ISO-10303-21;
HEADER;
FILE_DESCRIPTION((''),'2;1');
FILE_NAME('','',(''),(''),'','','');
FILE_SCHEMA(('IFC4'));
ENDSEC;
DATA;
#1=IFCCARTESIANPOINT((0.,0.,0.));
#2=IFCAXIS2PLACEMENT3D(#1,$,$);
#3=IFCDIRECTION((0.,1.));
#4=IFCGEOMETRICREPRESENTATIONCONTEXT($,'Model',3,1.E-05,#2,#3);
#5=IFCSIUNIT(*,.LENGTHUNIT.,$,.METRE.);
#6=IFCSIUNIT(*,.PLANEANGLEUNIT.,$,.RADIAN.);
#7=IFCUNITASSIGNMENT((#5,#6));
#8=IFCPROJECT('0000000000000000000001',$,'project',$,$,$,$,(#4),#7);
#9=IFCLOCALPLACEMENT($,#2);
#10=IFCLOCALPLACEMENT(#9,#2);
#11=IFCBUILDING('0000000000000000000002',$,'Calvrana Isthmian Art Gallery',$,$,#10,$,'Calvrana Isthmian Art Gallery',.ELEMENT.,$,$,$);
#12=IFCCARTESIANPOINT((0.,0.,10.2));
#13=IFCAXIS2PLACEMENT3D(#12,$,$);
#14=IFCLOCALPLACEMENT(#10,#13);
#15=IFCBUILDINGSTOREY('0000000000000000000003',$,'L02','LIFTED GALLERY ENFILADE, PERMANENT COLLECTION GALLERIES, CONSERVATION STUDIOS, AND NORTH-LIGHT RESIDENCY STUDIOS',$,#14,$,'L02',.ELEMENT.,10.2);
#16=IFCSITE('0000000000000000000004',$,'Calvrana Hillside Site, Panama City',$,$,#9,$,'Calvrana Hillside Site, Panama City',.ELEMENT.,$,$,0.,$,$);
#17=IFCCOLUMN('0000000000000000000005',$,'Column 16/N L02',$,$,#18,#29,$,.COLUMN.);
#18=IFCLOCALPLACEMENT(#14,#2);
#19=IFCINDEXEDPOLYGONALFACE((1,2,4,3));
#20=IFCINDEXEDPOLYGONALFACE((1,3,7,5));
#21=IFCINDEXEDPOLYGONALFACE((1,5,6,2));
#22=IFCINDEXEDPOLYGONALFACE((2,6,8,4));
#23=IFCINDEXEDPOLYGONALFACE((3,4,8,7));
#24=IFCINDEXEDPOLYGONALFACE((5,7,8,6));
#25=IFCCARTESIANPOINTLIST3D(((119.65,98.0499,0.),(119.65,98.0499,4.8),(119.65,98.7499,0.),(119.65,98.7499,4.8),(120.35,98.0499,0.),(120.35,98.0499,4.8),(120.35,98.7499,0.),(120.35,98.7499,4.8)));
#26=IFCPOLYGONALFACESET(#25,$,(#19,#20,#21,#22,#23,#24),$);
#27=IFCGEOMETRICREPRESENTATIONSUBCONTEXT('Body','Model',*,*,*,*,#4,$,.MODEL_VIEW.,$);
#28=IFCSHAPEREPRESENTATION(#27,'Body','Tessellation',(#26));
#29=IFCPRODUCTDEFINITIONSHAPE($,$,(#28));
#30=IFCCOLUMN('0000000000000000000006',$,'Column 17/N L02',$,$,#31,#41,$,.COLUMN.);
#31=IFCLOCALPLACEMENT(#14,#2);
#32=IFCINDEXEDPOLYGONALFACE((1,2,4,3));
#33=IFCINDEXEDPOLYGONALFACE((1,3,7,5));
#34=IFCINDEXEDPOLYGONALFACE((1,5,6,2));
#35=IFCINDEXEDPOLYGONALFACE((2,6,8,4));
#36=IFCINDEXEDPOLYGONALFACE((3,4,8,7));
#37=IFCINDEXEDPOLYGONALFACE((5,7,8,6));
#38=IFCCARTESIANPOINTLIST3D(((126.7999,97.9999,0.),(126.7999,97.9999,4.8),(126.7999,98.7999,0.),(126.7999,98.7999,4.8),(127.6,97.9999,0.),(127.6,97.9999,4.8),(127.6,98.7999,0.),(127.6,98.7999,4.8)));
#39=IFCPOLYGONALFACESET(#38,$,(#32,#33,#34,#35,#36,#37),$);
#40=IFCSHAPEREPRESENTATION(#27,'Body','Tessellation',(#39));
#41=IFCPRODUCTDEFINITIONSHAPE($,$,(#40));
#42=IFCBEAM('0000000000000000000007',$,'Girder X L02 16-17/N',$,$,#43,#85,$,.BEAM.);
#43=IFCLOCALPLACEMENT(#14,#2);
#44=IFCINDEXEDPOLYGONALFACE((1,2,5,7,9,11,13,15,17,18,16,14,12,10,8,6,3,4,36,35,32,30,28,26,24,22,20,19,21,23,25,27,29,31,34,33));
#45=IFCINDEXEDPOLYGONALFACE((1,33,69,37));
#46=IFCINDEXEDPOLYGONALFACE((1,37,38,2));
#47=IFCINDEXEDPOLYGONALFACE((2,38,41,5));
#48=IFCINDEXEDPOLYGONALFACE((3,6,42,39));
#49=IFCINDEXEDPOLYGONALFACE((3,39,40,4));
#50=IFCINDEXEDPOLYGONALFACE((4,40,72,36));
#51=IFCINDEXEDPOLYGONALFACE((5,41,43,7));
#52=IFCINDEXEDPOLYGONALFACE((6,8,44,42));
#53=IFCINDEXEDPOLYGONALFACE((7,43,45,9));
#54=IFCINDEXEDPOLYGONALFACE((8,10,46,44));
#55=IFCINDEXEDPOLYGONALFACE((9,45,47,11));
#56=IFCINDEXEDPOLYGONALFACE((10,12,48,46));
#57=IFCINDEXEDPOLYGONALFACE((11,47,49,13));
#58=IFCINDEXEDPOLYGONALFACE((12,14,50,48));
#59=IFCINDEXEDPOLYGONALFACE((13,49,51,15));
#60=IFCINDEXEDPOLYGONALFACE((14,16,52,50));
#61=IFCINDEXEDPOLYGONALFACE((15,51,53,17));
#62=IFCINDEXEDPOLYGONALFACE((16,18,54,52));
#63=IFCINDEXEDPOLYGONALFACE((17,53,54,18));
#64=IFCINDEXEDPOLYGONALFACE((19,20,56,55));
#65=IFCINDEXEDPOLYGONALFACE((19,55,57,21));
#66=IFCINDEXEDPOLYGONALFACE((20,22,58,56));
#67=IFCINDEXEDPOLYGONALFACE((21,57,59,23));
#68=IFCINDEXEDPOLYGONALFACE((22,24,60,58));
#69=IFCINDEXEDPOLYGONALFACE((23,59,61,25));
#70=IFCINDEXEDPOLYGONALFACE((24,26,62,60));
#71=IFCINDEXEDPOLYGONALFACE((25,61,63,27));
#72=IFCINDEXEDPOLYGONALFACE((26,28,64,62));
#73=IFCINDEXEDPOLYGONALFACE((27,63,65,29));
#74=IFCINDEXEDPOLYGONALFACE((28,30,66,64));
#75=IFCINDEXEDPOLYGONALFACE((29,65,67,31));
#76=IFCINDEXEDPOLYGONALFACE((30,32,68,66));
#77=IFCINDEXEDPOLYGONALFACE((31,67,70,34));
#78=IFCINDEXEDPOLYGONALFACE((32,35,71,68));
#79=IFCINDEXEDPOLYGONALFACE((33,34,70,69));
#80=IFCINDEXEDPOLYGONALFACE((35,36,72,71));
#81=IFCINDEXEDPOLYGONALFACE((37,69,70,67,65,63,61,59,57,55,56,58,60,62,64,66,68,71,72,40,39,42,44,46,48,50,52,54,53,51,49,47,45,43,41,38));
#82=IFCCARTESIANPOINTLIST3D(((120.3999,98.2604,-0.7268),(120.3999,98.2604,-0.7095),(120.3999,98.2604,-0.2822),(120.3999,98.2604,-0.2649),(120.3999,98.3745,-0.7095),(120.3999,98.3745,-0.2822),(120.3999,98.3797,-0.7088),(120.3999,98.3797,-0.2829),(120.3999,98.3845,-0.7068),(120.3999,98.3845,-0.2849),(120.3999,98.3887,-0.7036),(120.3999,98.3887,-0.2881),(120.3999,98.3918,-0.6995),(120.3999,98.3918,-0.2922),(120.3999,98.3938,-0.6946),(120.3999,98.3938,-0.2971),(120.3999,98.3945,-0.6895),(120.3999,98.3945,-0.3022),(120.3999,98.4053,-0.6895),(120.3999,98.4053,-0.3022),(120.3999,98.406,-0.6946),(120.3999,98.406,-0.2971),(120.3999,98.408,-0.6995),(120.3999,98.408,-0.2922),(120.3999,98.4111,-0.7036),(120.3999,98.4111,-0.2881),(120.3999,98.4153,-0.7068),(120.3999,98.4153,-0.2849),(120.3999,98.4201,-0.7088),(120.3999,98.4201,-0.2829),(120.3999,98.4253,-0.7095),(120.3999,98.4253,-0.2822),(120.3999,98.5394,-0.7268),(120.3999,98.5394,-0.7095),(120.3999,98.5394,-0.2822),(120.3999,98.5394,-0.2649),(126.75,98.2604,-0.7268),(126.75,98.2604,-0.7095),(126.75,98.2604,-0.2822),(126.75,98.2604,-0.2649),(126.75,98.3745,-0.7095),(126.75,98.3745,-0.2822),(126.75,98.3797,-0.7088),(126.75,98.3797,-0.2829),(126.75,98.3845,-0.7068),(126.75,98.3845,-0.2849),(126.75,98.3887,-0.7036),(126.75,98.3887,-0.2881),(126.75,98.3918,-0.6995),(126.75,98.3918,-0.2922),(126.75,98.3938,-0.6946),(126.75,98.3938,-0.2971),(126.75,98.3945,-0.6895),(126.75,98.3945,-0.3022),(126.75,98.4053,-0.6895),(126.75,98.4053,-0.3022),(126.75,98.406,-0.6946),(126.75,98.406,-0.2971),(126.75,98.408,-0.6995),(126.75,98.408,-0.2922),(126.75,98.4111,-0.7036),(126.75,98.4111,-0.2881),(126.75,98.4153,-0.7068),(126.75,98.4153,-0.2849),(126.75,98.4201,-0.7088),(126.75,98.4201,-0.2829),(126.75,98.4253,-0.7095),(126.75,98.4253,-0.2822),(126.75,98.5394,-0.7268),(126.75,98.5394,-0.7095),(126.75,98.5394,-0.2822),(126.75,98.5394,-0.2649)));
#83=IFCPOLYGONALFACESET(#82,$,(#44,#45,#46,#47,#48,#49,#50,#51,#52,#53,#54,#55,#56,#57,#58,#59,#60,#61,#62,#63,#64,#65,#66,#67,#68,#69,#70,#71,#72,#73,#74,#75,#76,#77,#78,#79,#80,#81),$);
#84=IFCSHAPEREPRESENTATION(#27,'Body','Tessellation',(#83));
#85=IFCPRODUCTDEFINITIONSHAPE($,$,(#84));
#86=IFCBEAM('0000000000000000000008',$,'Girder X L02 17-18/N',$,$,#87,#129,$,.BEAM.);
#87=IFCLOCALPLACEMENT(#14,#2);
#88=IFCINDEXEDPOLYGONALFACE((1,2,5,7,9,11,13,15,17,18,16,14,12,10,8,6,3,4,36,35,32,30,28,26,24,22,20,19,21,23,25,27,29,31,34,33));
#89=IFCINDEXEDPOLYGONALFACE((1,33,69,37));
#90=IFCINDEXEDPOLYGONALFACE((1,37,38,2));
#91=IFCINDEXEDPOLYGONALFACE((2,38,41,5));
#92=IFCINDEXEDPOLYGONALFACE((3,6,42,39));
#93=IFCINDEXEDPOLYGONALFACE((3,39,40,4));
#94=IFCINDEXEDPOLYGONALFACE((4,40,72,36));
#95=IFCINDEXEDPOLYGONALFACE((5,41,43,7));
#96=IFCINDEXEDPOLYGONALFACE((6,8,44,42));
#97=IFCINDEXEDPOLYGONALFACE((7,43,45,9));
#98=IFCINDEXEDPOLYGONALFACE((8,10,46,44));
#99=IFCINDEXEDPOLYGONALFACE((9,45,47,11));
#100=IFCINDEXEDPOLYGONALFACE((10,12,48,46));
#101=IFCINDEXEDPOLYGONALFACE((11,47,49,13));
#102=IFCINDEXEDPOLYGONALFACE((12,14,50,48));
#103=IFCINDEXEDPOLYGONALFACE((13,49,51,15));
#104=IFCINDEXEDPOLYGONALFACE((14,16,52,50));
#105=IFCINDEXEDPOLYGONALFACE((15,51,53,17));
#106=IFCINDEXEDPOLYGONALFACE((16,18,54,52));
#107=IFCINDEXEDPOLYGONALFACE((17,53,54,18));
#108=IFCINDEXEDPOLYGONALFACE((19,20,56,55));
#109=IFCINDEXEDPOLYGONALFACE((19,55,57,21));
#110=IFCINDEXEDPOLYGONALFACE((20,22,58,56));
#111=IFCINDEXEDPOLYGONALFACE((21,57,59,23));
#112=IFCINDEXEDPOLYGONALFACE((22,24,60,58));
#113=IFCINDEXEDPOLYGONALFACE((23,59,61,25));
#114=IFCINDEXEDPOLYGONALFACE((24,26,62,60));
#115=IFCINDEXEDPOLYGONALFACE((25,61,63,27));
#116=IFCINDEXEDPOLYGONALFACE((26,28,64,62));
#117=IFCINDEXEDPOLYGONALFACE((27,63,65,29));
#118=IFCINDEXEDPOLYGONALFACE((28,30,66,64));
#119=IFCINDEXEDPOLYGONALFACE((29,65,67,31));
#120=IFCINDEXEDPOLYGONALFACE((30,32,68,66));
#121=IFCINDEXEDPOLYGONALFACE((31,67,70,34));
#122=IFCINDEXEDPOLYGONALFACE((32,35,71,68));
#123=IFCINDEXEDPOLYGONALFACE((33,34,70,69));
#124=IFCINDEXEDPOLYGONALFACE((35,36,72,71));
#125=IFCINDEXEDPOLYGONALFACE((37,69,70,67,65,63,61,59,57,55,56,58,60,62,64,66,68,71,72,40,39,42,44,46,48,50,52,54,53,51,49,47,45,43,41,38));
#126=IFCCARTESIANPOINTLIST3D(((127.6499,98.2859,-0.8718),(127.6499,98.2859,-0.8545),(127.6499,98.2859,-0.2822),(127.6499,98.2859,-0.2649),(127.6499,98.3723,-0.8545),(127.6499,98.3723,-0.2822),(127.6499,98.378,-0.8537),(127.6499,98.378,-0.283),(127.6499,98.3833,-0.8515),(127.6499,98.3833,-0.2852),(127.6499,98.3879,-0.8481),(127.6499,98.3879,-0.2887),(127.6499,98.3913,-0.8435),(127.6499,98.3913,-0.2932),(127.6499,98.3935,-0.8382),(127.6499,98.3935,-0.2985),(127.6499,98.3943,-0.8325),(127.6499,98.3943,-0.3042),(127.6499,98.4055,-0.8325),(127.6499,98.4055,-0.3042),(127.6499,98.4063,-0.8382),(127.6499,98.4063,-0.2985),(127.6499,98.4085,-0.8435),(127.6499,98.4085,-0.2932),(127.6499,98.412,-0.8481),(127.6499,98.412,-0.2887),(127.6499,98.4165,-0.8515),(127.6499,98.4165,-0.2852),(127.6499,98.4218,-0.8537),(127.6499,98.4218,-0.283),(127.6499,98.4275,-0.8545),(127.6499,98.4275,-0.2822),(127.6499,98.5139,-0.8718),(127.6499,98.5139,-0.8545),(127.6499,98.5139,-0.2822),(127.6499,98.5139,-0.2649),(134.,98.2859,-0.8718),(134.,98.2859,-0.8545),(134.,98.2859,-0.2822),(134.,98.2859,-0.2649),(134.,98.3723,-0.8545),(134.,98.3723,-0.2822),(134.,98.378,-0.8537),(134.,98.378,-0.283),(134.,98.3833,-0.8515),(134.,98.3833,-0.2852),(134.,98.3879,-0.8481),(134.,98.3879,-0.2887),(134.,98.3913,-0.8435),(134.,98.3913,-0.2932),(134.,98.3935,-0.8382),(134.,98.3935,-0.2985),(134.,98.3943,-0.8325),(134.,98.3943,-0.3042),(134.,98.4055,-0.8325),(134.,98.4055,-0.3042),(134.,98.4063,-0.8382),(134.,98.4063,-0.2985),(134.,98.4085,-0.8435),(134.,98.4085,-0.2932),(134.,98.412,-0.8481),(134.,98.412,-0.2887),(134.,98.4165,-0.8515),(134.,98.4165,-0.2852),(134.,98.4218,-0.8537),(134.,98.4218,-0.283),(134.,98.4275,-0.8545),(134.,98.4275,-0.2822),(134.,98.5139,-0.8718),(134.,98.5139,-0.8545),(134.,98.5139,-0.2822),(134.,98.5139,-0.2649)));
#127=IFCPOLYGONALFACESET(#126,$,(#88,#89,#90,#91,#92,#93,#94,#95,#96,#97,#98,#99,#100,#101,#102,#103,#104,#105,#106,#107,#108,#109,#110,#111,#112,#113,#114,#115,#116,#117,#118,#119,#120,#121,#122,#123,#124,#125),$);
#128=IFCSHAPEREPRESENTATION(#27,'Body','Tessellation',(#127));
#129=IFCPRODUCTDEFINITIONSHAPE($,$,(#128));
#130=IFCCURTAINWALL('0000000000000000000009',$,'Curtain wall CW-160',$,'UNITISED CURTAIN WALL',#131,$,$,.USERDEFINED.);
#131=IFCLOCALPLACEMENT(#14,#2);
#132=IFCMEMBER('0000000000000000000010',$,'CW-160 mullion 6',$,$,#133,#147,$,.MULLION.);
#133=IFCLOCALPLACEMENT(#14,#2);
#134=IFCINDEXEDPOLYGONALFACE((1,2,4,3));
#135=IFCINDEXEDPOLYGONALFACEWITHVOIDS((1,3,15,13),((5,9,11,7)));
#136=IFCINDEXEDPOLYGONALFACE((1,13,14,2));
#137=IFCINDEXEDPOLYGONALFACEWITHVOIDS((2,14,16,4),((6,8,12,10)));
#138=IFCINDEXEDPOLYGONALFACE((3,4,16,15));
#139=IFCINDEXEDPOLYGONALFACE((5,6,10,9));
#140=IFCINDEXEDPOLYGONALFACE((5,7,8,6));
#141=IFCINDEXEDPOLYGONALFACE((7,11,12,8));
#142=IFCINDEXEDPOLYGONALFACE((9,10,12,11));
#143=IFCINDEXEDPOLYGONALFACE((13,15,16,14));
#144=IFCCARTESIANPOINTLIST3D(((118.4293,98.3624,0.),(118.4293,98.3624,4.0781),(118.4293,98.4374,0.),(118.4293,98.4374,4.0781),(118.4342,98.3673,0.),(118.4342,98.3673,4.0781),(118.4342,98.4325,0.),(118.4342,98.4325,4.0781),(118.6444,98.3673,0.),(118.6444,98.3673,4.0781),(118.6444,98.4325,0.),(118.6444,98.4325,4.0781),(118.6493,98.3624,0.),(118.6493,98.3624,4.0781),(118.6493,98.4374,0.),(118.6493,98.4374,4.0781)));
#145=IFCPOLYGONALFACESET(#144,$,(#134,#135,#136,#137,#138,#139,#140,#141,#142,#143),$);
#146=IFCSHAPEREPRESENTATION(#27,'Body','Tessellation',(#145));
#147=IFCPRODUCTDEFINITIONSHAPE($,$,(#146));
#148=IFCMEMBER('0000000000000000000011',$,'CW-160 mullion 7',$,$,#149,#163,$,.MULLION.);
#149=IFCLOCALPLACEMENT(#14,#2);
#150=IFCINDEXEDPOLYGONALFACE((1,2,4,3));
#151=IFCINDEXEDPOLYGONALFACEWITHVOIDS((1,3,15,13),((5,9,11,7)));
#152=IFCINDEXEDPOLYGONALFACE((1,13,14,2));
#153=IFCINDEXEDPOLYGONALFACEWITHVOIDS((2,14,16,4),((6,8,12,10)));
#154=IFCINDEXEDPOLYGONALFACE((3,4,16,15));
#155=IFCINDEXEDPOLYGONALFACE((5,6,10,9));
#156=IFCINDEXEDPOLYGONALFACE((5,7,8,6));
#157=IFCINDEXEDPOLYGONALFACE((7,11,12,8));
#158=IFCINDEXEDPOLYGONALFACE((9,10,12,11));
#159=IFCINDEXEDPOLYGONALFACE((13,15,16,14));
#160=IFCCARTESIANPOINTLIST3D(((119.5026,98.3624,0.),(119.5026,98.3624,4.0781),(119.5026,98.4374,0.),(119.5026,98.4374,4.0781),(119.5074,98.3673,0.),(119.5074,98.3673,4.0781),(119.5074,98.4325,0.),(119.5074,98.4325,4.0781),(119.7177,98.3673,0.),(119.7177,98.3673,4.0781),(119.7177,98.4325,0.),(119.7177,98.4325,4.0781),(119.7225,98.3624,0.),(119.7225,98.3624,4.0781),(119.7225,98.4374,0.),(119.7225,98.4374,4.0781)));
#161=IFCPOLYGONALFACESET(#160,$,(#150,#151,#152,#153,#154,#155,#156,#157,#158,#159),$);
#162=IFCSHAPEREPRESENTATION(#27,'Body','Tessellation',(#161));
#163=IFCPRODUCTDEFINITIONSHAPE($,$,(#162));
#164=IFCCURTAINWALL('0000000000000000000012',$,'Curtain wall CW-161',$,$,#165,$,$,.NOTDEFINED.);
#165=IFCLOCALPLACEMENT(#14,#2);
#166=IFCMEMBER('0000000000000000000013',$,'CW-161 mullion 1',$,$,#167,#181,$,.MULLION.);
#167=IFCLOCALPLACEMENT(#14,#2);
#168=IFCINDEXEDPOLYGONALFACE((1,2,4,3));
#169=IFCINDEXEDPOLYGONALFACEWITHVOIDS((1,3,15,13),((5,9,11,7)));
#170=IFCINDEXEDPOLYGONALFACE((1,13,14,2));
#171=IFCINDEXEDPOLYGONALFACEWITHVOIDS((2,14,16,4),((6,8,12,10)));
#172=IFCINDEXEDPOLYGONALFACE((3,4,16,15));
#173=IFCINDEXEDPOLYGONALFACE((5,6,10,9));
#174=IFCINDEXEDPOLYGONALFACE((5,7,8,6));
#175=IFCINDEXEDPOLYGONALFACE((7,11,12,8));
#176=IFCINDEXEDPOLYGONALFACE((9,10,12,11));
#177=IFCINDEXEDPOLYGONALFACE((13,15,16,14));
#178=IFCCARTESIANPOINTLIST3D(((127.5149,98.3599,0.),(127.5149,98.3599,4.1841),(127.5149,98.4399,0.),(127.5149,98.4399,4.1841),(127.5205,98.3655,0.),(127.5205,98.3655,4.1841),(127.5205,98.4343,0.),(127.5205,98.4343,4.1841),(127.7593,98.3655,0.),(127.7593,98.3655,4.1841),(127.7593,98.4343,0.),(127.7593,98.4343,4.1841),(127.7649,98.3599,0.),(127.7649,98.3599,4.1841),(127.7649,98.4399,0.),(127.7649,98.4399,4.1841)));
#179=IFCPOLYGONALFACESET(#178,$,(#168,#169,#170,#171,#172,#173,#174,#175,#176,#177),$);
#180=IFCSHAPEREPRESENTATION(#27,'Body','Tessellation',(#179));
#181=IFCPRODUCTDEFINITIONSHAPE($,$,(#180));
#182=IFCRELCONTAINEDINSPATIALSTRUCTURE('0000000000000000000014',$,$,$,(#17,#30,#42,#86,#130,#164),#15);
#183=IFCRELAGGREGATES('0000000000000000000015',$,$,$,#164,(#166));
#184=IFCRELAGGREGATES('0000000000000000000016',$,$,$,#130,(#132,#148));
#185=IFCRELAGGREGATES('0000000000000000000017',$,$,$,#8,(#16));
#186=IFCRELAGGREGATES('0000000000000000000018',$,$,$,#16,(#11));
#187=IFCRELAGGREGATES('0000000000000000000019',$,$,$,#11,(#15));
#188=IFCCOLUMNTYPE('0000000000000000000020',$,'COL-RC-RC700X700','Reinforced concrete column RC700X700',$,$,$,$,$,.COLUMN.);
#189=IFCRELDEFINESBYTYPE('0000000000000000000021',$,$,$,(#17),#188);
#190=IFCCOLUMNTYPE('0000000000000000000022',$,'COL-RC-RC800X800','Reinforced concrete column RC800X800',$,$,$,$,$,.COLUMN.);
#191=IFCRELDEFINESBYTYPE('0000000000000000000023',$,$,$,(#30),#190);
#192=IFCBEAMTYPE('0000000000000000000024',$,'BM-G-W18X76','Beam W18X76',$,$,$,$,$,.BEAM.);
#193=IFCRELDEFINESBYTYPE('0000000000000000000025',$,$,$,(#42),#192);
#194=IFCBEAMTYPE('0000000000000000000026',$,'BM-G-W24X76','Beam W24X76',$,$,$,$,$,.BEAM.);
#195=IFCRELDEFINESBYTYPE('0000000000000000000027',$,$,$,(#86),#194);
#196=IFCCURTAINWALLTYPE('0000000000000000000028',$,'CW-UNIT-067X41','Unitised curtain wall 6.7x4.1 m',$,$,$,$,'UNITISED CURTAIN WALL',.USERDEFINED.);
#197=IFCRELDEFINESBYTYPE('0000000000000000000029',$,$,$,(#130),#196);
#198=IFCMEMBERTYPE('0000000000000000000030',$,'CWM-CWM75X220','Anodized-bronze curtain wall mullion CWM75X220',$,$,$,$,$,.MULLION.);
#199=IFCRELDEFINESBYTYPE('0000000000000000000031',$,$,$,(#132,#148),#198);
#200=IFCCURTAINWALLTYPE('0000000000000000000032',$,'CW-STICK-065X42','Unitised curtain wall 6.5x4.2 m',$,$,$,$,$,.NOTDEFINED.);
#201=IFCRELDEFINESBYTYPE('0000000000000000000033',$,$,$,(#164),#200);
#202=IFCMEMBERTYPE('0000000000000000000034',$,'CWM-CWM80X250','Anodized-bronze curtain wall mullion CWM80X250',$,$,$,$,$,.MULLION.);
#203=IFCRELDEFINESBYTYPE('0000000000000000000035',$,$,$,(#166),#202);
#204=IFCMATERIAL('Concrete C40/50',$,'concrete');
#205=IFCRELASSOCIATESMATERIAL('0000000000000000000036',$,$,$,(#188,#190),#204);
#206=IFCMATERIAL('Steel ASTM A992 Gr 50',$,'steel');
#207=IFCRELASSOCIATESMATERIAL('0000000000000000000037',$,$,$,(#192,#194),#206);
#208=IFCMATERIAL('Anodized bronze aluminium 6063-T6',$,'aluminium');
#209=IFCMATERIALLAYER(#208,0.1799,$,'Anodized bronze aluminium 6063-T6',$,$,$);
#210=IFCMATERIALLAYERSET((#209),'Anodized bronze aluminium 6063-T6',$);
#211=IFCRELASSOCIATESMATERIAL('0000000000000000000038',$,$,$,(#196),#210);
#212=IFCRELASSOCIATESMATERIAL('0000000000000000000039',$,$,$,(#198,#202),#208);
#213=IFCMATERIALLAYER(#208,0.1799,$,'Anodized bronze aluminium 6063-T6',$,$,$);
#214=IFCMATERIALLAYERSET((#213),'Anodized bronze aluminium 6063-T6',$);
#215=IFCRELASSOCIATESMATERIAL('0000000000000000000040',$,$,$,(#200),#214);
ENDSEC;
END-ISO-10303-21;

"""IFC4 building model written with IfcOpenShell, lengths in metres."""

from ifc_helpers import new_model, si_unit, direction, frame, origin, origin_2d, place, context, subcontext, project, spatial, rectangle, hollow_rectangle, i_section, extrude, material, layer, layer_set, material_profile, profile_set, type_object, element, aggregate, save


model = new_model("IFC4")

# Units and contexts
model_context = context("Model", 3, precision=1e-05, world=origin(), true_north=direction((0.0, 1.0)))
body_context = subcontext(model_context, "Body", "Model", "MODEL_VIEW")
ifc_project = project(units=[si_unit("LENGTHUNIT", "METRE"), si_unit("PLANEANGLEUNIT", "RADIAN")], contexts=[model_context])

# Site, building, storey
site_placement = place(None, origin())
site = spatial("IfcSite", under=ifc_project, at=site_placement, Name="Calvrana Hillside Site, Panama City", LongName="Calvrana Hillside Site, Panama City", CompositionType="ELEMENT", RefElevation=0.0)
building_placement = place(site_placement, origin())
building = spatial("IfcBuilding", under=site, at=building_placement, Name="Calvrana Isthmian Art Gallery", LongName="Calvrana Isthmian Art Gallery", CompositionType="ELEMENT")
storey_placement = place(building_placement, frame((0.0, 0.0, 10.2)))
storey = spatial("IfcBuildingStorey", under=building, at=storey_placement, Name="L02", Description="LIFTED GALLERY ENFILADE, PERMANENT COLLECTION GALLERIES, CONSERVATION STUDIOS, AND NORTH-LIGHT RESIDENCY STUDIOS", LongName="L02", CompositionType="ELEMENT", Elevation=10.2)

# Columns
ifc_material_1 = material(Name="Concrete C40/50", Category="concrete")
ifc_material_profile_1 = material_profile(ifc_material_1, rectangle(XDim=0.7, YDim=0.7, at=origin_2d()), Name="RC700X700")
ifc_profile_set_1 = profile_set([ifc_material_profile_1], Name="Concrete C40/50")
column_type_1 = type_object("IfcColumnType", Name="COL-RC-RC700X700", Description="Reinforced concrete column RC700X700", PredefinedType="COLUMN", material=ifc_profile_set_1)
column_1_placement = place(storey_placement, frame((120.0, 98.3999, 0.0), z_axis=(0.0, 0.0, 1.0), x_axis=(1.0, 0.0, 0.0)))
element("IfcColumn", 1, at=column_1_placement, inside=storey, type_object=column_type_1, Name="Column 16/N L02", PredefinedType="COLUMN", context=body_context, shape_type="SweptSolid", body=[
    extrude(rectangle(XDim=0.7, YDim=0.7, at=origin_2d()), origin(), (0.0, 0.0, 1.0), 4.8),
])
ifc_material_profile_2 = material_profile(ifc_material_1, rectangle(XDim=0.8, YDim=0.8, at=origin_2d()), Name="RC800X800")
ifc_profile_set_2 = profile_set([ifc_material_profile_2], Name="Concrete C40/50")
column_type_2 = type_object("IfcColumnType", Name="COL-RC-RC800X800", Description="Reinforced concrete column RC800X800", PredefinedType="COLUMN", material=ifc_profile_set_2)
column_2_placement = place(storey_placement, frame((127.2, 98.3999, 0.0), z_axis=(0.0, 0.0, 1.0), x_axis=(1.0, 0.0, 0.0)))
element("IfcColumn", 2, at=column_2_placement, inside=storey, type_object=column_type_2, Name="Column 17/N L02", PredefinedType="COLUMN", context=body_context, shape_type="SweptSolid", body=[
    extrude(rectangle(XDim=0.8, YDim=0.8, at=origin_2d()), origin(), (0.0, 0.0, 1.0), 4.8),
])

# Beams
ifc_material_2 = material(Name="Steel ASTM A992 Gr 50", Category="steel")
ifc_material_profile_3 = material_profile(ifc_material_2, i_section(OverallWidth=0.2791, OverallDepth=0.4619, WebThickness=0.0107, FlangeThickness=0.0173, FilletRadius=0.02, at=origin_2d()), Name="W18X76")
ifc_profile_set_3 = profile_set([ifc_material_profile_3], Name="Steel ASTM A992 Gr 50")
beam_type_1 = type_object("IfcBeamType", Name="BM-G-W18X76", Description="Beam W18X76", PredefinedType="BEAM", material=ifc_profile_set_3)
beam_1_placement = place(storey_placement, frame((120.3999, 98.3999, -0.4958), z_axis=(1.0, 0.0, 0.0), x_axis=(0.0, 1.0, 0.0)))
element("IfcBeam", 3, at=beam_1_placement, inside=storey, type_object=beam_type_1, Name="Girder X L02 16-17/N", PredefinedType="BEAM", context=body_context, shape_type="SweptSolid", body=[
    extrude(i_section(OverallWidth=0.2791, OverallDepth=0.4619, WebThickness=0.0107, FlangeThickness=0.0173, FilletRadius=0.02, at=origin_2d()), origin(), (0.0, 0.0, 1.0), 6.3501),
])
ifc_material_profile_4 = material_profile(ifc_material_2, i_section(OverallWidth=0.228, OverallDepth=0.6069, WebThickness=0.0112, FlangeThickness=0.0173, FilletRadius=0.022, at=origin_2d()), Name="W24X76")
ifc_profile_set_4 = profile_set([ifc_material_profile_4], Name="Steel ASTM A992 Gr 50")
beam_type_2 = type_object("IfcBeamType", Name="BM-G-W24X76", Description="Beam W24X76", PredefinedType="BEAM", material=ifc_profile_set_4)
beam_2_placement = place(storey_placement, frame((127.6499, 98.3999, -0.5684), z_axis=(1.0, 0.0, 0.0), x_axis=(0.0, 1.0, 0.0)))
element("IfcBeam", 4, at=beam_2_placement, inside=storey, type_object=beam_type_2, Name="Girder X L02 17-18/N", PredefinedType="BEAM", context=body_context, shape_type="SweptSolid", body=[
    extrude(i_section(OverallWidth=0.228, OverallDepth=0.6069, WebThickness=0.0112, FlangeThickness=0.0173, FilletRadius=0.022, at=origin_2d()), origin(), (0.0, 0.0, 1.0), 6.3501),
])

# Curtain wall, members
ifc_material_3 = material(Name="Anodized bronze aluminium 6063-T6", Category="aluminium")
ifc_layer_1 = layer(ifc_material_3, 0.1799, Name="Anodized bronze aluminium 6063-T6")
ifc_layer_set_1 = layer_set([ifc_layer_1], Name="Anodized bronze aluminium 6063-T6")
curtain_wall_type_1 = type_object("IfcCurtainWallType", Name="CW-UNIT-067X41", Description="Unitised curtain wall 6.7x4.1 m", ElementType="UNITISED CURTAIN WALL", PredefinedType="USERDEFINED", material=ifc_layer_set_1)
curtain_wall_1_placement = place(storey_placement, origin())
curtain_wall_1 = element("IfcCurtainWall", 5, at=curtain_wall_1_placement, inside=storey, type_object=curtain_wall_type_1, Name="Curtain wall CW-160", ObjectType="UNITISED CURTAIN WALL", PredefinedType="USERDEFINED")
ifc_material_profile_5 = material_profile(ifc_material_3, hollow_rectangle(XDim=0.075, YDim=0.22, WallThickness=0.0049, at=origin_2d()), Name="CWM75X220")
ifc_profile_set_5 = profile_set([ifc_material_profile_5], Name="Anodized bronze aluminium 6063-T6")
member_type_1 = type_object("IfcMemberType", Name="CWM-CWM75X220", Description="Anodized-bronze curtain wall mullion CWM75X220", PredefinedType="MULLION", material=ifc_profile_set_5)
member_1_placement = place(storey_placement, frame((118.5393, 98.3999, 0.0), z_axis=(0.0, 0.0, 1.0), x_axis=(0.0, 1.0, 0.0)))
member_1 = element("IfcMember", 6, at=member_1_placement, type_object=member_type_1, Name="CW-160 mullion 6", PredefinedType="MULLION", context=body_context, shape_type="SweptSolid", body=[
    extrude(hollow_rectangle(XDim=0.075, YDim=0.22, WallThickness=0.0049, at=origin_2d()), origin(), (0.0, 0.0, 1.0), 4.0781),
])
member_2_placement = place(storey_placement, frame((119.6125, 98.3999, 0.0), z_axis=(0.0, 0.0, 1.0), x_axis=(0.0, 1.0, 0.0)))
member_2 = element("IfcMember", 7, at=member_2_placement, type_object=member_type_1, Name="CW-160 mullion 7", PredefinedType="MULLION", context=body_context, shape_type="SweptSolid", body=[
    extrude(hollow_rectangle(XDim=0.075, YDim=0.22, WallThickness=0.0049, at=origin_2d()), origin(), (0.0, 0.0, 1.0), 4.0781),
])

# Curtain wall, member
ifc_layer_2 = layer(ifc_material_3, 0.1799, Name="Anodized bronze aluminium 6063-T6")
ifc_layer_set_2 = layer_set([ifc_layer_2], Name="Anodized bronze aluminium 6063-T6")
curtain_wall_type_2 = type_object("IfcCurtainWallType", Name="CW-STICK-065X42", Description="Unitised curtain wall 6.5x4.2 m", PredefinedType="NOTDEFINED", material=ifc_layer_set_2)
curtain_wall_2_placement = place(storey_placement, origin())
curtain_wall_2 = element("IfcCurtainWall", 8, at=curtain_wall_2_placement, inside=storey, type_object=curtain_wall_type_2, Name="Curtain wall CW-161", PredefinedType="NOTDEFINED")
ifc_material_profile_6 = material_profile(ifc_material_3, hollow_rectangle(XDim=0.0801, YDim=0.25, WallThickness=0.0056, at=origin_2d()), Name="CWM80X250")
ifc_profile_set_6 = profile_set([ifc_material_profile_6], Name="Anodized bronze aluminium 6063-T6")
member_type_2 = type_object("IfcMemberType", Name="CWM-CWM80X250", Description="Anodized-bronze curtain wall mullion CWM80X250", PredefinedType="MULLION", material=ifc_profile_set_6)
member_3_placement = place(storey_placement, frame((127.6399, 98.3999, 0.0), z_axis=(0.0, 0.0, 1.0), x_axis=(0.0, 1.0, 0.0)))
member_3 = element("IfcMember", 9, at=member_3_placement, type_object=member_type_2, Name="CW-161 mullion 1", PredefinedType="MULLION", context=body_context, shape_type="SweptSolid", body=[
    extrude(hollow_rectangle(XDim=0.0801, YDim=0.25, WallThickness=0.0056, at=origin_2d()), origin(), (0.0, 0.0, 1.0), 4.1841),
])

aggregate(curtain_wall_2, [member_3])

aggregate(curtain_wall_1, [member_1, member_2])

save(model, "model.ifc")
